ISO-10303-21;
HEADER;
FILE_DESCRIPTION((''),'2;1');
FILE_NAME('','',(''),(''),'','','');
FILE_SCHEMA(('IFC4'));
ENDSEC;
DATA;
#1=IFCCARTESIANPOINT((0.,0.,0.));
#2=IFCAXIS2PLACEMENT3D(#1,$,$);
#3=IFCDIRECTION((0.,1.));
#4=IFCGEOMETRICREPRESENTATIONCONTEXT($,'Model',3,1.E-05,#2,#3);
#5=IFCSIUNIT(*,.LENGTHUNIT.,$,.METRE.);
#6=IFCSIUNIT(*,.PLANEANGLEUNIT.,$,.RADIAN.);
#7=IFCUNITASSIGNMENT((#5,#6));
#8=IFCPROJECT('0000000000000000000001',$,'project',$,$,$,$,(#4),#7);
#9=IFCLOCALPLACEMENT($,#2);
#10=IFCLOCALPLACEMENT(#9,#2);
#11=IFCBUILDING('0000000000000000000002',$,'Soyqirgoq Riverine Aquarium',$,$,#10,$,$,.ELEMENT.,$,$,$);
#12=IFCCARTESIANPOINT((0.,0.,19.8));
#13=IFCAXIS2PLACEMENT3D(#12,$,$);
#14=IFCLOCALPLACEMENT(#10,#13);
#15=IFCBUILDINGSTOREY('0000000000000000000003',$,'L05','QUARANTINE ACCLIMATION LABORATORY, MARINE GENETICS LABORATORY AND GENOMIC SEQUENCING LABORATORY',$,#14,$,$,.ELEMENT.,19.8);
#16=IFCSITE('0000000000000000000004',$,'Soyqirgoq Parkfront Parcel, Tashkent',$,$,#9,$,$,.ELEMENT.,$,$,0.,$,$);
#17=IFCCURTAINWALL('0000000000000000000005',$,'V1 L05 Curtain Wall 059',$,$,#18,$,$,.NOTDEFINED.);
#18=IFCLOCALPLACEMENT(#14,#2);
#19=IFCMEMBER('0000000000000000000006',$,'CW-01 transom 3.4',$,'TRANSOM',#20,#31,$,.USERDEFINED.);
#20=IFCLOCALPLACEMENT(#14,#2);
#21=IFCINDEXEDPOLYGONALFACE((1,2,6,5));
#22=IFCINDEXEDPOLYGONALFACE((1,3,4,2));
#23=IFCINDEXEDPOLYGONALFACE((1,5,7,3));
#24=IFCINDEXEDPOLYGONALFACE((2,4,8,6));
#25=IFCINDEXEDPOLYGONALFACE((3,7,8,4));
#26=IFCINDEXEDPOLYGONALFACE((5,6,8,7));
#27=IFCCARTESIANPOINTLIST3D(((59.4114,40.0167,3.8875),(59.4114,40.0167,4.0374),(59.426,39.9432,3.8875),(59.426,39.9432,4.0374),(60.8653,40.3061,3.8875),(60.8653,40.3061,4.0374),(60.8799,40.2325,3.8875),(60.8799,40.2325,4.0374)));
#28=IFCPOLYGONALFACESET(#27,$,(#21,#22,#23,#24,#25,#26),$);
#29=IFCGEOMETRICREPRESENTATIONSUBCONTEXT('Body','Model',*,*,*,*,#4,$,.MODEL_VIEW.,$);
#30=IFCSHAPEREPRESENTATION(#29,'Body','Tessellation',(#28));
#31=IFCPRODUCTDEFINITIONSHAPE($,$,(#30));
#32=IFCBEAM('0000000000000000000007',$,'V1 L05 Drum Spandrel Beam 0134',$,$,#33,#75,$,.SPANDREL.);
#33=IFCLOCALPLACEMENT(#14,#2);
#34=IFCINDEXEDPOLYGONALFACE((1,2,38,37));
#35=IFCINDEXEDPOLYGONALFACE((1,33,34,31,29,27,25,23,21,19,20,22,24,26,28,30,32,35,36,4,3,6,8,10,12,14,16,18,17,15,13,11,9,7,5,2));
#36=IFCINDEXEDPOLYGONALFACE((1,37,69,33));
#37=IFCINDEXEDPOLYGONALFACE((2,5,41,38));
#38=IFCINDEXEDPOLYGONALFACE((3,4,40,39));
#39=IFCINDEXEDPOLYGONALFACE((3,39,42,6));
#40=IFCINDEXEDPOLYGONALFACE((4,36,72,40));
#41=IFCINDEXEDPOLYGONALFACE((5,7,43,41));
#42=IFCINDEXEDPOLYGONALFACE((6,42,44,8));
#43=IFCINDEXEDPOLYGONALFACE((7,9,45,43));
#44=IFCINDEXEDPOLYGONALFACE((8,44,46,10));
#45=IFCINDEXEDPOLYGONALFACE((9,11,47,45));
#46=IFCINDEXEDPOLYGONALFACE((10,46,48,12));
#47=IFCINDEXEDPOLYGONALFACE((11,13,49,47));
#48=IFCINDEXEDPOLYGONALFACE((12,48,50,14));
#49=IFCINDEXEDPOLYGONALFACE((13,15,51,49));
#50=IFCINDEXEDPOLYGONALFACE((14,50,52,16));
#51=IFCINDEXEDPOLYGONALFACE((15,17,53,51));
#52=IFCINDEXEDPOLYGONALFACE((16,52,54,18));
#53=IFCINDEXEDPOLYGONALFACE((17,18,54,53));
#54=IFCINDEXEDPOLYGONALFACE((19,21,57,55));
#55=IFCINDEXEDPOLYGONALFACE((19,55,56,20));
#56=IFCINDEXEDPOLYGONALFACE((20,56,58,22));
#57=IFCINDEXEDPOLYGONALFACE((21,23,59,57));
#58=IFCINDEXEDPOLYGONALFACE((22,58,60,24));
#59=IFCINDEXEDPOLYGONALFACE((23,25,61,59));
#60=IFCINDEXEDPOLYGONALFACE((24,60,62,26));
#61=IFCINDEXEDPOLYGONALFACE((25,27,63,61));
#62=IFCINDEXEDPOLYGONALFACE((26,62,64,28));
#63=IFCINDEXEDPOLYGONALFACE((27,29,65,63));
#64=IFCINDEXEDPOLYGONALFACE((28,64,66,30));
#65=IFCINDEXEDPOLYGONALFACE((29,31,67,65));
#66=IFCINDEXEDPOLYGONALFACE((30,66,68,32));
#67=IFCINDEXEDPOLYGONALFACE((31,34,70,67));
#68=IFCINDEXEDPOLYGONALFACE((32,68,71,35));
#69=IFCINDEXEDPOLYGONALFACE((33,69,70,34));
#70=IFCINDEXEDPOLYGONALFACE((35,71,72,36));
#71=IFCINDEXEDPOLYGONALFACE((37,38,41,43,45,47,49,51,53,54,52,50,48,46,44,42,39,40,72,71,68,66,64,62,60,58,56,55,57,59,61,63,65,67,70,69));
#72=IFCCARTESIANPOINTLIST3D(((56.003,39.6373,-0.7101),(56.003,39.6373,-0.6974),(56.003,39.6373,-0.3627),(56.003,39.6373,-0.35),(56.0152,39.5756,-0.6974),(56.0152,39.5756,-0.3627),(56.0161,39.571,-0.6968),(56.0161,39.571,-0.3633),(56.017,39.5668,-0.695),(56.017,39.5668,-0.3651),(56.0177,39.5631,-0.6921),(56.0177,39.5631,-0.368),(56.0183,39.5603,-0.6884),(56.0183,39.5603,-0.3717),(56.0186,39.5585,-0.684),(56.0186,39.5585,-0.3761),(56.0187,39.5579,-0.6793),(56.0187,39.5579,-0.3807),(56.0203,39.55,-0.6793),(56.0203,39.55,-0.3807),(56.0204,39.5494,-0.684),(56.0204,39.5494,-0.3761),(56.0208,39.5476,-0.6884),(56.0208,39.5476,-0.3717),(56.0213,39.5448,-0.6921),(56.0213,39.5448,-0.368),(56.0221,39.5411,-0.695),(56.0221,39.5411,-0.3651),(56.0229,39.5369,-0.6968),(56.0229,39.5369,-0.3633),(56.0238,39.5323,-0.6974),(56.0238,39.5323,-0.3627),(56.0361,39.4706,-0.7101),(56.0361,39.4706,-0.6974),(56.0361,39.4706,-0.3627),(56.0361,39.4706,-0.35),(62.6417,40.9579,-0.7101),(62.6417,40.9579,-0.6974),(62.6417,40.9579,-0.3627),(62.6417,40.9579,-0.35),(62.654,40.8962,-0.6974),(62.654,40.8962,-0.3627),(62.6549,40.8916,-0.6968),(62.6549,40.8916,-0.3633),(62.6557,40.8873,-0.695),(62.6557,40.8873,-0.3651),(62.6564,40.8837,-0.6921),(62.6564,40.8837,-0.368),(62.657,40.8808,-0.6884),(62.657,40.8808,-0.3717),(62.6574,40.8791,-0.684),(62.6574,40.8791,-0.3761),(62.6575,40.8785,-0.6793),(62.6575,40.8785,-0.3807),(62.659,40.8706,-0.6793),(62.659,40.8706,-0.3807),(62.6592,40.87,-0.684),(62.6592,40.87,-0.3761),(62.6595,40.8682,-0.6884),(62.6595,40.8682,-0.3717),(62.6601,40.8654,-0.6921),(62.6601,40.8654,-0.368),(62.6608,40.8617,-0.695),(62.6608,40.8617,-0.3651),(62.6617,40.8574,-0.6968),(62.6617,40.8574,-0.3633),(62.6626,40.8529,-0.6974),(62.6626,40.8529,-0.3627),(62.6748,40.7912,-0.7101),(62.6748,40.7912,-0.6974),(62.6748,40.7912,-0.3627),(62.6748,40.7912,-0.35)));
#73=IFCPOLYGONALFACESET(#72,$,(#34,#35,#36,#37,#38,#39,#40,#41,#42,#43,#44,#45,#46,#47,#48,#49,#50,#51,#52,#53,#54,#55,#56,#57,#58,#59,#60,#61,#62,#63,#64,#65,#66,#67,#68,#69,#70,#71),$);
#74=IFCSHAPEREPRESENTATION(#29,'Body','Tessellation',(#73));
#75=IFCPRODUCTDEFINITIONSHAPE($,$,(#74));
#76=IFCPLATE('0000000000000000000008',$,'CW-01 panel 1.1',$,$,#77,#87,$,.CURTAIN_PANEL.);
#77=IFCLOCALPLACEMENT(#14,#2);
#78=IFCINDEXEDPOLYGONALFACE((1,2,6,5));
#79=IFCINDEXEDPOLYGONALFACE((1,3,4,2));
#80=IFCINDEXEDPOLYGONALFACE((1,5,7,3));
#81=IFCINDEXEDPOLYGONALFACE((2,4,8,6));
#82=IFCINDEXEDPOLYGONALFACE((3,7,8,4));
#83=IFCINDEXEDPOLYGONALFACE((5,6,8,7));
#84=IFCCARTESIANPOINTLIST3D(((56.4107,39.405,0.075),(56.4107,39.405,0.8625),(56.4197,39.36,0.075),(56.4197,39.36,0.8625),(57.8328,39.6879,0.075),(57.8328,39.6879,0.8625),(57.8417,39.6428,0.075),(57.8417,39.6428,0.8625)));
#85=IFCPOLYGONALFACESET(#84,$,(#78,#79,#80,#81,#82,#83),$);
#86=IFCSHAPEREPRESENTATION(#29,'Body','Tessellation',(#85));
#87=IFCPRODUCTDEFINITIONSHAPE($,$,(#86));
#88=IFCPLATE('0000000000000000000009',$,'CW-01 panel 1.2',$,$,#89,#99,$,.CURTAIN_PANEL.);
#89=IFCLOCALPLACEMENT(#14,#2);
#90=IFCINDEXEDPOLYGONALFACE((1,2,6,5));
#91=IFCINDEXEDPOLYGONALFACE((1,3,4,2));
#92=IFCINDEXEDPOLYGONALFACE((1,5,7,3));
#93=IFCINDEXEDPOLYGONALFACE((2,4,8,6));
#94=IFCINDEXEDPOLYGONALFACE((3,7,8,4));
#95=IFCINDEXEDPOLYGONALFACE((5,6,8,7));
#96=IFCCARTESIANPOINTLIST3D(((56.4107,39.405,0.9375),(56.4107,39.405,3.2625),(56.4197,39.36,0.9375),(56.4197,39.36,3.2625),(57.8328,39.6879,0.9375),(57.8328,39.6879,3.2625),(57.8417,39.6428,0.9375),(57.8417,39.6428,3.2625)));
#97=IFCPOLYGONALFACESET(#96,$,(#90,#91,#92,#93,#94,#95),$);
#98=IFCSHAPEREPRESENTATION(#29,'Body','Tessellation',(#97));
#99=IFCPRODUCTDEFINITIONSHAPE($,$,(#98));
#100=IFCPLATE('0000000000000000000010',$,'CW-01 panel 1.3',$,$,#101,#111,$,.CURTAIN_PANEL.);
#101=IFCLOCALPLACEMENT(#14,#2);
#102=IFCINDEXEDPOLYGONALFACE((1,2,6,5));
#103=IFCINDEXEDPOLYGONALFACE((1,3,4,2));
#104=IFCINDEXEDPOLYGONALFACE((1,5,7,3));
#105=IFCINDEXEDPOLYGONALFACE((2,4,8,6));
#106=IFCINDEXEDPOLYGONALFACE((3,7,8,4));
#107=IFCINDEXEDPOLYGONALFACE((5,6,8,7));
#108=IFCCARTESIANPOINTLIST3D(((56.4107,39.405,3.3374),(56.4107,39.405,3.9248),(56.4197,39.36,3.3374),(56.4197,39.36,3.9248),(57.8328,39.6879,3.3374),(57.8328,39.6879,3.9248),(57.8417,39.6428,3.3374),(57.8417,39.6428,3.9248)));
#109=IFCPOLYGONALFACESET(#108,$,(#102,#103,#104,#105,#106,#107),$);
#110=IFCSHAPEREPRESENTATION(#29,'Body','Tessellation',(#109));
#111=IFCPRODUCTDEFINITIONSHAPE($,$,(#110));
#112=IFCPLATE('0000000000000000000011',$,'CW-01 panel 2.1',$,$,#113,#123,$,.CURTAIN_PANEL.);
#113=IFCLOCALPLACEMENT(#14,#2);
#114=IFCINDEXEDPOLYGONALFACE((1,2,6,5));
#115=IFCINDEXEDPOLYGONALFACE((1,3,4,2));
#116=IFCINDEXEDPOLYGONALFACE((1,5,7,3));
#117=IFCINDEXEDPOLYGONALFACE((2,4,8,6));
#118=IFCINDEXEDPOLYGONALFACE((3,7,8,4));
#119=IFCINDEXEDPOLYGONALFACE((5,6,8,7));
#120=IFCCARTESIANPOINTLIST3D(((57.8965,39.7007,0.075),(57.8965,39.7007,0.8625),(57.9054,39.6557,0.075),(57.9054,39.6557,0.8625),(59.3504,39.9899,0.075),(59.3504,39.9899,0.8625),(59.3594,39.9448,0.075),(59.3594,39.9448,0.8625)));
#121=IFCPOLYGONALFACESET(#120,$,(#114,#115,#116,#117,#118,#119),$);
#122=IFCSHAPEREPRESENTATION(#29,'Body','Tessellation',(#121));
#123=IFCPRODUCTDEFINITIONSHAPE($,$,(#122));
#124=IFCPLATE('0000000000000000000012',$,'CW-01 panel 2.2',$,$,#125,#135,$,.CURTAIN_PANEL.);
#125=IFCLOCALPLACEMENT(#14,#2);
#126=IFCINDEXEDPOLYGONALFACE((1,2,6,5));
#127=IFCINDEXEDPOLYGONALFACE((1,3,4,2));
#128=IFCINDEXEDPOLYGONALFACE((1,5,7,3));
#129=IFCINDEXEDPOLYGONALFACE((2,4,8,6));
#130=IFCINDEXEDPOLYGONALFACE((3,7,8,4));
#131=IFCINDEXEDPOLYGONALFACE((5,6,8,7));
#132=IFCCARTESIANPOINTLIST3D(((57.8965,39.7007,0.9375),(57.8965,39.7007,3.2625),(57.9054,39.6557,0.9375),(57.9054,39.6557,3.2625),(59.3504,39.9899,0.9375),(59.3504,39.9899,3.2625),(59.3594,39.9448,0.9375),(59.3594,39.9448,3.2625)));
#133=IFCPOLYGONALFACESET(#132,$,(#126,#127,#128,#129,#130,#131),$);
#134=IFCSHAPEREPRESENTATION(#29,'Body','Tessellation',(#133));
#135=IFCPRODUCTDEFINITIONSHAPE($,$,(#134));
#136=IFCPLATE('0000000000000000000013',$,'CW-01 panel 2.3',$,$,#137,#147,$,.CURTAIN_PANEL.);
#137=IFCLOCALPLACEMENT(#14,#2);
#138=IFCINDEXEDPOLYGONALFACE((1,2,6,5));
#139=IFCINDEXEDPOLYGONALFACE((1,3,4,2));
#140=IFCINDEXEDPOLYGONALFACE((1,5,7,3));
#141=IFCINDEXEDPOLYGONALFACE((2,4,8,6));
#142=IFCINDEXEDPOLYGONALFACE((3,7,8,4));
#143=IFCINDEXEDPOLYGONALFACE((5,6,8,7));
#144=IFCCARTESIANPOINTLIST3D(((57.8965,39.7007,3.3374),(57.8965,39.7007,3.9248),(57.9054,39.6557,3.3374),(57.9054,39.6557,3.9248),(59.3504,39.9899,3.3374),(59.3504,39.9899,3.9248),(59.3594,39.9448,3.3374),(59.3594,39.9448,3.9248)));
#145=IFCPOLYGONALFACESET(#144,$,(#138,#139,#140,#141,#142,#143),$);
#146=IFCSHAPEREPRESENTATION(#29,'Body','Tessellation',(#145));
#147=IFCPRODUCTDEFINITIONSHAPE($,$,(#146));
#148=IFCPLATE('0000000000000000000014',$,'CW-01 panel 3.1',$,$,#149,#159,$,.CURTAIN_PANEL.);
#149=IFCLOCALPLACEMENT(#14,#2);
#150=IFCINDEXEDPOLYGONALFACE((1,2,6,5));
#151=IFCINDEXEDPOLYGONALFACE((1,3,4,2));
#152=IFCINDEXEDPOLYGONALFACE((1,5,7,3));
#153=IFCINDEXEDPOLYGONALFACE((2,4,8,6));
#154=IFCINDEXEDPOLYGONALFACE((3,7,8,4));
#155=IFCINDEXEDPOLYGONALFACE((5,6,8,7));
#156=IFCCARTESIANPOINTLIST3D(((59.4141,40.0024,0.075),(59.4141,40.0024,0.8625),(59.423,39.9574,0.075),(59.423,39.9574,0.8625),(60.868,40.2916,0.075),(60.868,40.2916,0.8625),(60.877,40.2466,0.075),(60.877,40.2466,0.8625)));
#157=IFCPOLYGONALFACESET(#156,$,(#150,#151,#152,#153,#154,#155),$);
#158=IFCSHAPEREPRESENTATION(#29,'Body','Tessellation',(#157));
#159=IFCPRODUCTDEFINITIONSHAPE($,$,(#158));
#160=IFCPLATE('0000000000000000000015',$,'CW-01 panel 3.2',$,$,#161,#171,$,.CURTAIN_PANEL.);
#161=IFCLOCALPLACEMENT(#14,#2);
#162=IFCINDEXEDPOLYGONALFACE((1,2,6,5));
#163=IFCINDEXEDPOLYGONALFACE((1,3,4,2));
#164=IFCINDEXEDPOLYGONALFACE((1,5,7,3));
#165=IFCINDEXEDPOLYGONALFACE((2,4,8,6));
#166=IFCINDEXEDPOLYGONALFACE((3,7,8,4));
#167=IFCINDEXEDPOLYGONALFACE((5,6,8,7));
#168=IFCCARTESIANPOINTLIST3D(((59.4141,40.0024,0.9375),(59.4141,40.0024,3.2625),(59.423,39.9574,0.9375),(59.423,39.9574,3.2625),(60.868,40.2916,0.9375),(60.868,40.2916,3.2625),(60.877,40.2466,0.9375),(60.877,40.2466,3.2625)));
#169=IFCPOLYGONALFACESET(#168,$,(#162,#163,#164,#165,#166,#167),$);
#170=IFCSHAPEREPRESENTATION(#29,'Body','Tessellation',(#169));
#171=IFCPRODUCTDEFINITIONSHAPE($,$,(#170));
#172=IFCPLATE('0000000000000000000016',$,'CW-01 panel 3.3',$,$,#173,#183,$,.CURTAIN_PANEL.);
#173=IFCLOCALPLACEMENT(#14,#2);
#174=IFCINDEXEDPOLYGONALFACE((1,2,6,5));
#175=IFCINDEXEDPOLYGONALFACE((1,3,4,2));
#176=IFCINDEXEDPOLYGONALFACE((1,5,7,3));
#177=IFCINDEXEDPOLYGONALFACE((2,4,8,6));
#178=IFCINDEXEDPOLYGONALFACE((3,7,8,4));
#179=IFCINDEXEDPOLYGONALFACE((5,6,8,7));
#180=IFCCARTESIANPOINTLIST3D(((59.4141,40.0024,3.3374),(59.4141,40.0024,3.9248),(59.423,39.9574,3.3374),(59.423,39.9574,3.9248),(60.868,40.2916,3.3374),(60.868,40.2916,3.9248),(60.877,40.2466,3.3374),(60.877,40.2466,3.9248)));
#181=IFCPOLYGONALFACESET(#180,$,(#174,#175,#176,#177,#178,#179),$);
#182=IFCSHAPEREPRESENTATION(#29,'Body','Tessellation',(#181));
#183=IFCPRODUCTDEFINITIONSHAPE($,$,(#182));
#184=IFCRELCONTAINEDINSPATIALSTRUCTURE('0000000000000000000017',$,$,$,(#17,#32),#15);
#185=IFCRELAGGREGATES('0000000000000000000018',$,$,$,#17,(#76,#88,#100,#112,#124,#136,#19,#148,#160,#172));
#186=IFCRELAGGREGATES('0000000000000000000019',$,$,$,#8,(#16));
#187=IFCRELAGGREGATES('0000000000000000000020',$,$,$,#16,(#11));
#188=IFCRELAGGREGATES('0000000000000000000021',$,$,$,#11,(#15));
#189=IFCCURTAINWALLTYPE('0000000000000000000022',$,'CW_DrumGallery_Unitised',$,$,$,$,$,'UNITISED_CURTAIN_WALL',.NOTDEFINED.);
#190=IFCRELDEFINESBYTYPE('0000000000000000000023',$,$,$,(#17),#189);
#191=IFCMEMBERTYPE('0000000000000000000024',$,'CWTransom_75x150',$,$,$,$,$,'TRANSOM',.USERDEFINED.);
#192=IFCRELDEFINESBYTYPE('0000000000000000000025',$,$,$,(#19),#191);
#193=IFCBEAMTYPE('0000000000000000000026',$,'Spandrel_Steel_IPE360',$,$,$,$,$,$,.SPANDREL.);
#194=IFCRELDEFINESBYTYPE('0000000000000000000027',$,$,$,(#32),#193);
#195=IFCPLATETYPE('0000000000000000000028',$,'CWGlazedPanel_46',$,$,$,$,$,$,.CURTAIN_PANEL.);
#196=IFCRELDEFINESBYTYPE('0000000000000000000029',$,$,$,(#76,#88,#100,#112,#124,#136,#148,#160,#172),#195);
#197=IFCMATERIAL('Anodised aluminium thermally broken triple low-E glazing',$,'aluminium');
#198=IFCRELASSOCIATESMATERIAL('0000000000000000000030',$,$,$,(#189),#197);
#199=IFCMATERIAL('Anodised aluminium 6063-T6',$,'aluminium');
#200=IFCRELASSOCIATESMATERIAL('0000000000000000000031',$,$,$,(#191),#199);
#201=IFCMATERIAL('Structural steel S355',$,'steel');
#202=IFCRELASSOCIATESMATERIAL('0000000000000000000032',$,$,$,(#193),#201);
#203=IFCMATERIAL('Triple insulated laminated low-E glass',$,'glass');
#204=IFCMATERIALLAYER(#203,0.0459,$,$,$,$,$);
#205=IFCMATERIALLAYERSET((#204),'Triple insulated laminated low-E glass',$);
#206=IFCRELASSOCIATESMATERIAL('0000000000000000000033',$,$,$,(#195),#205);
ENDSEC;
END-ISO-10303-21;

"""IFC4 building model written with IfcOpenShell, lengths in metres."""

from ifc_helpers import new_model, si_unit, direction, frame, origin, origin_2d, place, context, subcontext, project, spatial, rectangle, i_section, extrude, material, layer, layer_set, material_profile, profile_set, type_object, element, aggregate, save


model = new_model("IFC4")

# Units and contexts
model_context = context("Model", 3, precision=1e-05, world=origin(), true_north=direction((0.0, 1.0)))
body_context = subcontext(model_context, "Body", "Model", "MODEL_VIEW")
ifc_project = project(units=[si_unit("LENGTHUNIT", "METRE"), si_unit("PLANEANGLEUNIT", "RADIAN")], contexts=[model_context])

# Site, building, storey
site_placement = place(None, origin())
site = spatial("IfcSite", under=ifc_project, at=site_placement, Name="Soyqirgoq Parkfront Parcel, Tashkent", CompositionType="ELEMENT", RefElevation=0.0)
building_placement = place(site_placement, origin())
building = spatial("IfcBuilding", under=site, at=building_placement, Name="Soyqirgoq Riverine Aquarium", CompositionType="ELEMENT")
storey_placement = place(building_placement, frame((0.0, 0.0, 19.8)))
storey = spatial("IfcBuildingStorey", under=building, at=storey_placement, Name="L05", Description="QUARANTINE ACCLIMATION LABORATORY, MARINE GENETICS LABORATORY AND GENOMIC SEQUENCING LABORATORY", CompositionType="ELEMENT", Elevation=19.8)

# Curtain wall, member
ifc_material_1 = material(Name="Anodised aluminium thermally broken triple low-E glazing", Category="aluminium")
curtain_wall_type = type_object("IfcCurtainWallType", Name="CW_DrumGallery_Unitised", ElementType="UNITISED_CURTAIN_WALL", PredefinedType="NOTDEFINED", material=ifc_material_1)
curtain_wall_placement = place(storey_placement, origin())
curtain_wall = element("IfcCurtainWall", 1, at=curtain_wall_placement, inside=storey, type_object=curtain_wall_type, Name="V1 L05 Curtain Wall 059", PredefinedType="NOTDEFINED")
ifc_material_2 = material(Name="Anodised aluminium 6063-T6", Category="aluminium")
ifc_material_profile_1 = material_profile(ifc_material_2, rectangle(XDim=0.075, YDim=0.1499, at=origin_2d()), Name="ALU-T 75x150")
ifc_profile_set_1 = profile_set([ifc_material_profile_1], Name="Anodised aluminium 6063-T6")
member_type_1 = type_object("IfcMemberType", Name="CWTransom_75x150", ElementType="TRANSOM", PredefinedType="USERDEFINED", material=ifc_profile_set_1)
member_1_placement = place(storey_placement, frame((59.4187, 39.98, 3.9624), z_axis=(0.98077, 0.195166, 0.0), x_axis=(-0.195166, 0.98077, 0.0)))
member_1 = element("IfcMember", 2, at=member_1_placement, type_object=member_type_1, Name="CW-01 transom 3.4", ObjectType="TRANSOM", PredefinedType="USERDEFINED", context=body_context, shape_type="SweptSolid", body=[
    extrude(rectangle(XDim=0.075, YDim=0.1499, at=origin_2d()), origin(), (0.0, 0.0, 1.0), 1.4824),
])

# Beam
ifc_material_3 = material(Name="Structural steel S355", Category="steel")
ifc_material_profile_2 = material_profile(ifc_material_3, i_section(OverallWidth=0.1699, OverallDepth=0.3601, WebThickness=0.0081, FlangeThickness=0.0127, FilletRadius=0.0181, at=origin_2d()), Name="IPE 360")
ifc_profile_set_2 = profile_set([ifc_material_profile_2], Name="Structural steel S355")
beam_type = type_object("IfcBeamType", Name="Spandrel_Steel_IPE360", PredefinedType="SPANDREL", material=ifc_profile_set_2)
beam_placement = place(storey_placement, frame((56.0195, 39.554, -0.53), z_axis=(0.980784, 0.195096, 0.0), x_axis=(-0.195096, 0.980784, 0.0)))
element("IfcBeam", 3, at=beam_placement, inside=storey, type_object=beam_type, Name="V1 L05 Drum Spandrel Beam 0134", PredefinedType="SPANDREL", context=body_context, shape_type="SweptSolid", body=[
    extrude(i_section(OverallWidth=0.1699, OverallDepth=0.3601, WebThickness=0.0081, FlangeThickness=0.0127, FilletRadius=0.0181, at=origin_2d()), origin(), (0.0, 0.0, 1.0), 6.7688),
])

# Plates
ifc_material_4 = material(Name="Triple insulated laminated low-E glass", Category="glass")
ifc_layer = layer(ifc_material_4, 0.0459)
ifc_layer_set = layer_set([ifc_layer], Name="Triple insulated laminated low-E glass")
plate_type = type_object("IfcPlateType", Name="CWGlazedPanel_46", PredefinedType="CURTAIN_PANEL", material=ifc_layer_set)
plate_1_placement = place(storey_placement, frame((57.1262, 39.5239, 0.075), z_axis=(0.0, 0.0, 1.0), x_axis=(0.980788, 0.195078, 0.0)))
plate_1 = element("IfcPlate", 4, at=plate_1_placement, type_object=plate_type, Name="CW-01 panel 1.1", PredefinedType="CURTAIN_PANEL", context=body_context, shape_type="SweptSolid", body=[
    extrude(rectangle(XDim=1.45, YDim=0.0459, at=origin_2d()), origin(), (0.0, 0.0, 1.0), 0.7876),
])
plate_2_placement = place(storey_placement, frame((57.1262, 39.5239, 0.9375), z_axis=(0.0, 0.0, 1.0), x_axis=(0.980788, 0.195078, 0.0)))
plate_2 = element("IfcPlate", 5, at=plate_2_placement, type_object=plate_type, Name="CW-01 panel 1.2", PredefinedType="CURTAIN_PANEL", context=body_context, shape_type="SweptSolid", body=[
    extrude(rectangle(XDim=1.45, YDim=0.0459, at=origin_2d()), origin(), (0.0, 0.0, 1.0), 2.325),
])
plate_3_placement = place(storey_placement, frame((57.1262, 39.5239, 3.3374), z_axis=(0.0, 0.0, 1.0), x_axis=(0.980788, 0.195078, 0.0)))
plate_3 = element("IfcPlate", 6, at=plate_3_placement, type_object=plate_type, Name="CW-01 panel 1.3", PredefinedType="CURTAIN_PANEL", context=body_context, shape_type="SweptSolid", body=[
    extrude(rectangle(XDim=1.45, YDim=0.0459, at=origin_2d()), origin(), (0.0, 0.0, 1.0), 0.5874),
])
plate_4_placement = place(storey_placement, frame((58.6279, 39.8228, 0.075), z_axis=(0.0, 0.0, 1.0), x_axis=(0.980788, 0.195078, 0.0)))
plate_4 = element("IfcPlate", 7, at=plate_4_placement, type_object=plate_type, Name="CW-01 panel 2.1", PredefinedType="CURTAIN_PANEL", context=body_context, shape_type="SweptSolid", body=[
    extrude(rectangle(XDim=1.4824, YDim=0.0459, at=origin_2d()), origin(), (0.0, 0.0, 1.0), 0.7876),
])
plate_5_placement = place(storey_placement, frame((58.6279, 39.8228, 0.9375), z_axis=(0.0, 0.0, 1.0), x_axis=(0.980788, 0.195078, 0.0)))
plate_5 = element("IfcPlate", 8, at=plate_5_placement, type_object=plate_type, Name="CW-01 panel 2.2", PredefinedType="CURTAIN_PANEL", context=body_context, shape_type="SweptSolid", body=[
    extrude(rectangle(XDim=1.4824, YDim=0.0459, at=origin_2d()), origin(), (0.0, 0.0, 1.0), 2.325),
])
plate_6_placement = place(storey_placement, frame((58.6279, 39.8228, 3.3374), z_axis=(0.0, 0.0, 1.0), x_axis=(0.980788, 0.195078, 0.0)))
plate_6 = element("IfcPlate", 9, at=plate_6_placement, type_object=plate_type, Name="CW-01 panel 2.3", PredefinedType="CURTAIN_PANEL", context=body_context, shape_type="SweptSolid", body=[
    extrude(rectangle(XDim=1.4824, YDim=0.0459, at=origin_2d()), origin(), (0.0, 0.0, 1.0), 0.5874),
])
plate_7_placement = place(storey_placement, frame((60.1455, 40.1245, 0.075), z_axis=(0.0, 0.0, 1.0), x_axis=(0.980788, 0.195078, 0.0)))
plate_7 = element("IfcPlate", 10, at=plate_7_placement, type_object=plate_type, Name="CW-01 panel 3.1", PredefinedType="CURTAIN_PANEL", context=body_context, shape_type="SweptSolid", body=[
    extrude(rectangle(XDim=1.4824, YDim=0.0459, at=origin_2d()), origin(), (0.0, 0.0, 1.0), 0.7876),
])
plate_8_placement = place(storey_placement, frame((60.1455, 40.1245, 0.9375), z_axis=(0.0, 0.0, 1.0), x_axis=(0.980788, 0.195078, 0.0)))
plate_8 = element("IfcPlate", 11, at=plate_8_placement, type_object=plate_type, Name="CW-01 panel 3.2", PredefinedType="CURTAIN_PANEL", context=body_context, shape_type="SweptSolid", body=[
    extrude(rectangle(XDim=1.4824, YDim=0.0459, at=origin_2d()), origin(), (0.0, 0.0, 1.0), 2.325),
])
plate_9_placement = place(storey_placement, frame((60.1455, 40.1245, 3.3374), z_axis=(0.0, 0.0, 1.0), x_axis=(0.980788, 0.195078, 0.0)))
plate_9 = element("IfcPlate", 12, at=plate_9_placement, type_object=plate_type, Name="CW-01 panel 3.3", PredefinedType="CURTAIN_PANEL", context=body_context, shape_type="SweptSolid", body=[
    extrude(rectangle(XDim=1.4824, YDim=0.0459, at=origin_2d()), origin(), (0.0, 0.0, 1.0), 0.5874),
])
aggregate(curtain_wall, [plate_1, plate_2, plate_3, plate_4, plate_5, plate_6, member_1, plate_7, plate_8, plate_9])

save(model, "model.ifc")
